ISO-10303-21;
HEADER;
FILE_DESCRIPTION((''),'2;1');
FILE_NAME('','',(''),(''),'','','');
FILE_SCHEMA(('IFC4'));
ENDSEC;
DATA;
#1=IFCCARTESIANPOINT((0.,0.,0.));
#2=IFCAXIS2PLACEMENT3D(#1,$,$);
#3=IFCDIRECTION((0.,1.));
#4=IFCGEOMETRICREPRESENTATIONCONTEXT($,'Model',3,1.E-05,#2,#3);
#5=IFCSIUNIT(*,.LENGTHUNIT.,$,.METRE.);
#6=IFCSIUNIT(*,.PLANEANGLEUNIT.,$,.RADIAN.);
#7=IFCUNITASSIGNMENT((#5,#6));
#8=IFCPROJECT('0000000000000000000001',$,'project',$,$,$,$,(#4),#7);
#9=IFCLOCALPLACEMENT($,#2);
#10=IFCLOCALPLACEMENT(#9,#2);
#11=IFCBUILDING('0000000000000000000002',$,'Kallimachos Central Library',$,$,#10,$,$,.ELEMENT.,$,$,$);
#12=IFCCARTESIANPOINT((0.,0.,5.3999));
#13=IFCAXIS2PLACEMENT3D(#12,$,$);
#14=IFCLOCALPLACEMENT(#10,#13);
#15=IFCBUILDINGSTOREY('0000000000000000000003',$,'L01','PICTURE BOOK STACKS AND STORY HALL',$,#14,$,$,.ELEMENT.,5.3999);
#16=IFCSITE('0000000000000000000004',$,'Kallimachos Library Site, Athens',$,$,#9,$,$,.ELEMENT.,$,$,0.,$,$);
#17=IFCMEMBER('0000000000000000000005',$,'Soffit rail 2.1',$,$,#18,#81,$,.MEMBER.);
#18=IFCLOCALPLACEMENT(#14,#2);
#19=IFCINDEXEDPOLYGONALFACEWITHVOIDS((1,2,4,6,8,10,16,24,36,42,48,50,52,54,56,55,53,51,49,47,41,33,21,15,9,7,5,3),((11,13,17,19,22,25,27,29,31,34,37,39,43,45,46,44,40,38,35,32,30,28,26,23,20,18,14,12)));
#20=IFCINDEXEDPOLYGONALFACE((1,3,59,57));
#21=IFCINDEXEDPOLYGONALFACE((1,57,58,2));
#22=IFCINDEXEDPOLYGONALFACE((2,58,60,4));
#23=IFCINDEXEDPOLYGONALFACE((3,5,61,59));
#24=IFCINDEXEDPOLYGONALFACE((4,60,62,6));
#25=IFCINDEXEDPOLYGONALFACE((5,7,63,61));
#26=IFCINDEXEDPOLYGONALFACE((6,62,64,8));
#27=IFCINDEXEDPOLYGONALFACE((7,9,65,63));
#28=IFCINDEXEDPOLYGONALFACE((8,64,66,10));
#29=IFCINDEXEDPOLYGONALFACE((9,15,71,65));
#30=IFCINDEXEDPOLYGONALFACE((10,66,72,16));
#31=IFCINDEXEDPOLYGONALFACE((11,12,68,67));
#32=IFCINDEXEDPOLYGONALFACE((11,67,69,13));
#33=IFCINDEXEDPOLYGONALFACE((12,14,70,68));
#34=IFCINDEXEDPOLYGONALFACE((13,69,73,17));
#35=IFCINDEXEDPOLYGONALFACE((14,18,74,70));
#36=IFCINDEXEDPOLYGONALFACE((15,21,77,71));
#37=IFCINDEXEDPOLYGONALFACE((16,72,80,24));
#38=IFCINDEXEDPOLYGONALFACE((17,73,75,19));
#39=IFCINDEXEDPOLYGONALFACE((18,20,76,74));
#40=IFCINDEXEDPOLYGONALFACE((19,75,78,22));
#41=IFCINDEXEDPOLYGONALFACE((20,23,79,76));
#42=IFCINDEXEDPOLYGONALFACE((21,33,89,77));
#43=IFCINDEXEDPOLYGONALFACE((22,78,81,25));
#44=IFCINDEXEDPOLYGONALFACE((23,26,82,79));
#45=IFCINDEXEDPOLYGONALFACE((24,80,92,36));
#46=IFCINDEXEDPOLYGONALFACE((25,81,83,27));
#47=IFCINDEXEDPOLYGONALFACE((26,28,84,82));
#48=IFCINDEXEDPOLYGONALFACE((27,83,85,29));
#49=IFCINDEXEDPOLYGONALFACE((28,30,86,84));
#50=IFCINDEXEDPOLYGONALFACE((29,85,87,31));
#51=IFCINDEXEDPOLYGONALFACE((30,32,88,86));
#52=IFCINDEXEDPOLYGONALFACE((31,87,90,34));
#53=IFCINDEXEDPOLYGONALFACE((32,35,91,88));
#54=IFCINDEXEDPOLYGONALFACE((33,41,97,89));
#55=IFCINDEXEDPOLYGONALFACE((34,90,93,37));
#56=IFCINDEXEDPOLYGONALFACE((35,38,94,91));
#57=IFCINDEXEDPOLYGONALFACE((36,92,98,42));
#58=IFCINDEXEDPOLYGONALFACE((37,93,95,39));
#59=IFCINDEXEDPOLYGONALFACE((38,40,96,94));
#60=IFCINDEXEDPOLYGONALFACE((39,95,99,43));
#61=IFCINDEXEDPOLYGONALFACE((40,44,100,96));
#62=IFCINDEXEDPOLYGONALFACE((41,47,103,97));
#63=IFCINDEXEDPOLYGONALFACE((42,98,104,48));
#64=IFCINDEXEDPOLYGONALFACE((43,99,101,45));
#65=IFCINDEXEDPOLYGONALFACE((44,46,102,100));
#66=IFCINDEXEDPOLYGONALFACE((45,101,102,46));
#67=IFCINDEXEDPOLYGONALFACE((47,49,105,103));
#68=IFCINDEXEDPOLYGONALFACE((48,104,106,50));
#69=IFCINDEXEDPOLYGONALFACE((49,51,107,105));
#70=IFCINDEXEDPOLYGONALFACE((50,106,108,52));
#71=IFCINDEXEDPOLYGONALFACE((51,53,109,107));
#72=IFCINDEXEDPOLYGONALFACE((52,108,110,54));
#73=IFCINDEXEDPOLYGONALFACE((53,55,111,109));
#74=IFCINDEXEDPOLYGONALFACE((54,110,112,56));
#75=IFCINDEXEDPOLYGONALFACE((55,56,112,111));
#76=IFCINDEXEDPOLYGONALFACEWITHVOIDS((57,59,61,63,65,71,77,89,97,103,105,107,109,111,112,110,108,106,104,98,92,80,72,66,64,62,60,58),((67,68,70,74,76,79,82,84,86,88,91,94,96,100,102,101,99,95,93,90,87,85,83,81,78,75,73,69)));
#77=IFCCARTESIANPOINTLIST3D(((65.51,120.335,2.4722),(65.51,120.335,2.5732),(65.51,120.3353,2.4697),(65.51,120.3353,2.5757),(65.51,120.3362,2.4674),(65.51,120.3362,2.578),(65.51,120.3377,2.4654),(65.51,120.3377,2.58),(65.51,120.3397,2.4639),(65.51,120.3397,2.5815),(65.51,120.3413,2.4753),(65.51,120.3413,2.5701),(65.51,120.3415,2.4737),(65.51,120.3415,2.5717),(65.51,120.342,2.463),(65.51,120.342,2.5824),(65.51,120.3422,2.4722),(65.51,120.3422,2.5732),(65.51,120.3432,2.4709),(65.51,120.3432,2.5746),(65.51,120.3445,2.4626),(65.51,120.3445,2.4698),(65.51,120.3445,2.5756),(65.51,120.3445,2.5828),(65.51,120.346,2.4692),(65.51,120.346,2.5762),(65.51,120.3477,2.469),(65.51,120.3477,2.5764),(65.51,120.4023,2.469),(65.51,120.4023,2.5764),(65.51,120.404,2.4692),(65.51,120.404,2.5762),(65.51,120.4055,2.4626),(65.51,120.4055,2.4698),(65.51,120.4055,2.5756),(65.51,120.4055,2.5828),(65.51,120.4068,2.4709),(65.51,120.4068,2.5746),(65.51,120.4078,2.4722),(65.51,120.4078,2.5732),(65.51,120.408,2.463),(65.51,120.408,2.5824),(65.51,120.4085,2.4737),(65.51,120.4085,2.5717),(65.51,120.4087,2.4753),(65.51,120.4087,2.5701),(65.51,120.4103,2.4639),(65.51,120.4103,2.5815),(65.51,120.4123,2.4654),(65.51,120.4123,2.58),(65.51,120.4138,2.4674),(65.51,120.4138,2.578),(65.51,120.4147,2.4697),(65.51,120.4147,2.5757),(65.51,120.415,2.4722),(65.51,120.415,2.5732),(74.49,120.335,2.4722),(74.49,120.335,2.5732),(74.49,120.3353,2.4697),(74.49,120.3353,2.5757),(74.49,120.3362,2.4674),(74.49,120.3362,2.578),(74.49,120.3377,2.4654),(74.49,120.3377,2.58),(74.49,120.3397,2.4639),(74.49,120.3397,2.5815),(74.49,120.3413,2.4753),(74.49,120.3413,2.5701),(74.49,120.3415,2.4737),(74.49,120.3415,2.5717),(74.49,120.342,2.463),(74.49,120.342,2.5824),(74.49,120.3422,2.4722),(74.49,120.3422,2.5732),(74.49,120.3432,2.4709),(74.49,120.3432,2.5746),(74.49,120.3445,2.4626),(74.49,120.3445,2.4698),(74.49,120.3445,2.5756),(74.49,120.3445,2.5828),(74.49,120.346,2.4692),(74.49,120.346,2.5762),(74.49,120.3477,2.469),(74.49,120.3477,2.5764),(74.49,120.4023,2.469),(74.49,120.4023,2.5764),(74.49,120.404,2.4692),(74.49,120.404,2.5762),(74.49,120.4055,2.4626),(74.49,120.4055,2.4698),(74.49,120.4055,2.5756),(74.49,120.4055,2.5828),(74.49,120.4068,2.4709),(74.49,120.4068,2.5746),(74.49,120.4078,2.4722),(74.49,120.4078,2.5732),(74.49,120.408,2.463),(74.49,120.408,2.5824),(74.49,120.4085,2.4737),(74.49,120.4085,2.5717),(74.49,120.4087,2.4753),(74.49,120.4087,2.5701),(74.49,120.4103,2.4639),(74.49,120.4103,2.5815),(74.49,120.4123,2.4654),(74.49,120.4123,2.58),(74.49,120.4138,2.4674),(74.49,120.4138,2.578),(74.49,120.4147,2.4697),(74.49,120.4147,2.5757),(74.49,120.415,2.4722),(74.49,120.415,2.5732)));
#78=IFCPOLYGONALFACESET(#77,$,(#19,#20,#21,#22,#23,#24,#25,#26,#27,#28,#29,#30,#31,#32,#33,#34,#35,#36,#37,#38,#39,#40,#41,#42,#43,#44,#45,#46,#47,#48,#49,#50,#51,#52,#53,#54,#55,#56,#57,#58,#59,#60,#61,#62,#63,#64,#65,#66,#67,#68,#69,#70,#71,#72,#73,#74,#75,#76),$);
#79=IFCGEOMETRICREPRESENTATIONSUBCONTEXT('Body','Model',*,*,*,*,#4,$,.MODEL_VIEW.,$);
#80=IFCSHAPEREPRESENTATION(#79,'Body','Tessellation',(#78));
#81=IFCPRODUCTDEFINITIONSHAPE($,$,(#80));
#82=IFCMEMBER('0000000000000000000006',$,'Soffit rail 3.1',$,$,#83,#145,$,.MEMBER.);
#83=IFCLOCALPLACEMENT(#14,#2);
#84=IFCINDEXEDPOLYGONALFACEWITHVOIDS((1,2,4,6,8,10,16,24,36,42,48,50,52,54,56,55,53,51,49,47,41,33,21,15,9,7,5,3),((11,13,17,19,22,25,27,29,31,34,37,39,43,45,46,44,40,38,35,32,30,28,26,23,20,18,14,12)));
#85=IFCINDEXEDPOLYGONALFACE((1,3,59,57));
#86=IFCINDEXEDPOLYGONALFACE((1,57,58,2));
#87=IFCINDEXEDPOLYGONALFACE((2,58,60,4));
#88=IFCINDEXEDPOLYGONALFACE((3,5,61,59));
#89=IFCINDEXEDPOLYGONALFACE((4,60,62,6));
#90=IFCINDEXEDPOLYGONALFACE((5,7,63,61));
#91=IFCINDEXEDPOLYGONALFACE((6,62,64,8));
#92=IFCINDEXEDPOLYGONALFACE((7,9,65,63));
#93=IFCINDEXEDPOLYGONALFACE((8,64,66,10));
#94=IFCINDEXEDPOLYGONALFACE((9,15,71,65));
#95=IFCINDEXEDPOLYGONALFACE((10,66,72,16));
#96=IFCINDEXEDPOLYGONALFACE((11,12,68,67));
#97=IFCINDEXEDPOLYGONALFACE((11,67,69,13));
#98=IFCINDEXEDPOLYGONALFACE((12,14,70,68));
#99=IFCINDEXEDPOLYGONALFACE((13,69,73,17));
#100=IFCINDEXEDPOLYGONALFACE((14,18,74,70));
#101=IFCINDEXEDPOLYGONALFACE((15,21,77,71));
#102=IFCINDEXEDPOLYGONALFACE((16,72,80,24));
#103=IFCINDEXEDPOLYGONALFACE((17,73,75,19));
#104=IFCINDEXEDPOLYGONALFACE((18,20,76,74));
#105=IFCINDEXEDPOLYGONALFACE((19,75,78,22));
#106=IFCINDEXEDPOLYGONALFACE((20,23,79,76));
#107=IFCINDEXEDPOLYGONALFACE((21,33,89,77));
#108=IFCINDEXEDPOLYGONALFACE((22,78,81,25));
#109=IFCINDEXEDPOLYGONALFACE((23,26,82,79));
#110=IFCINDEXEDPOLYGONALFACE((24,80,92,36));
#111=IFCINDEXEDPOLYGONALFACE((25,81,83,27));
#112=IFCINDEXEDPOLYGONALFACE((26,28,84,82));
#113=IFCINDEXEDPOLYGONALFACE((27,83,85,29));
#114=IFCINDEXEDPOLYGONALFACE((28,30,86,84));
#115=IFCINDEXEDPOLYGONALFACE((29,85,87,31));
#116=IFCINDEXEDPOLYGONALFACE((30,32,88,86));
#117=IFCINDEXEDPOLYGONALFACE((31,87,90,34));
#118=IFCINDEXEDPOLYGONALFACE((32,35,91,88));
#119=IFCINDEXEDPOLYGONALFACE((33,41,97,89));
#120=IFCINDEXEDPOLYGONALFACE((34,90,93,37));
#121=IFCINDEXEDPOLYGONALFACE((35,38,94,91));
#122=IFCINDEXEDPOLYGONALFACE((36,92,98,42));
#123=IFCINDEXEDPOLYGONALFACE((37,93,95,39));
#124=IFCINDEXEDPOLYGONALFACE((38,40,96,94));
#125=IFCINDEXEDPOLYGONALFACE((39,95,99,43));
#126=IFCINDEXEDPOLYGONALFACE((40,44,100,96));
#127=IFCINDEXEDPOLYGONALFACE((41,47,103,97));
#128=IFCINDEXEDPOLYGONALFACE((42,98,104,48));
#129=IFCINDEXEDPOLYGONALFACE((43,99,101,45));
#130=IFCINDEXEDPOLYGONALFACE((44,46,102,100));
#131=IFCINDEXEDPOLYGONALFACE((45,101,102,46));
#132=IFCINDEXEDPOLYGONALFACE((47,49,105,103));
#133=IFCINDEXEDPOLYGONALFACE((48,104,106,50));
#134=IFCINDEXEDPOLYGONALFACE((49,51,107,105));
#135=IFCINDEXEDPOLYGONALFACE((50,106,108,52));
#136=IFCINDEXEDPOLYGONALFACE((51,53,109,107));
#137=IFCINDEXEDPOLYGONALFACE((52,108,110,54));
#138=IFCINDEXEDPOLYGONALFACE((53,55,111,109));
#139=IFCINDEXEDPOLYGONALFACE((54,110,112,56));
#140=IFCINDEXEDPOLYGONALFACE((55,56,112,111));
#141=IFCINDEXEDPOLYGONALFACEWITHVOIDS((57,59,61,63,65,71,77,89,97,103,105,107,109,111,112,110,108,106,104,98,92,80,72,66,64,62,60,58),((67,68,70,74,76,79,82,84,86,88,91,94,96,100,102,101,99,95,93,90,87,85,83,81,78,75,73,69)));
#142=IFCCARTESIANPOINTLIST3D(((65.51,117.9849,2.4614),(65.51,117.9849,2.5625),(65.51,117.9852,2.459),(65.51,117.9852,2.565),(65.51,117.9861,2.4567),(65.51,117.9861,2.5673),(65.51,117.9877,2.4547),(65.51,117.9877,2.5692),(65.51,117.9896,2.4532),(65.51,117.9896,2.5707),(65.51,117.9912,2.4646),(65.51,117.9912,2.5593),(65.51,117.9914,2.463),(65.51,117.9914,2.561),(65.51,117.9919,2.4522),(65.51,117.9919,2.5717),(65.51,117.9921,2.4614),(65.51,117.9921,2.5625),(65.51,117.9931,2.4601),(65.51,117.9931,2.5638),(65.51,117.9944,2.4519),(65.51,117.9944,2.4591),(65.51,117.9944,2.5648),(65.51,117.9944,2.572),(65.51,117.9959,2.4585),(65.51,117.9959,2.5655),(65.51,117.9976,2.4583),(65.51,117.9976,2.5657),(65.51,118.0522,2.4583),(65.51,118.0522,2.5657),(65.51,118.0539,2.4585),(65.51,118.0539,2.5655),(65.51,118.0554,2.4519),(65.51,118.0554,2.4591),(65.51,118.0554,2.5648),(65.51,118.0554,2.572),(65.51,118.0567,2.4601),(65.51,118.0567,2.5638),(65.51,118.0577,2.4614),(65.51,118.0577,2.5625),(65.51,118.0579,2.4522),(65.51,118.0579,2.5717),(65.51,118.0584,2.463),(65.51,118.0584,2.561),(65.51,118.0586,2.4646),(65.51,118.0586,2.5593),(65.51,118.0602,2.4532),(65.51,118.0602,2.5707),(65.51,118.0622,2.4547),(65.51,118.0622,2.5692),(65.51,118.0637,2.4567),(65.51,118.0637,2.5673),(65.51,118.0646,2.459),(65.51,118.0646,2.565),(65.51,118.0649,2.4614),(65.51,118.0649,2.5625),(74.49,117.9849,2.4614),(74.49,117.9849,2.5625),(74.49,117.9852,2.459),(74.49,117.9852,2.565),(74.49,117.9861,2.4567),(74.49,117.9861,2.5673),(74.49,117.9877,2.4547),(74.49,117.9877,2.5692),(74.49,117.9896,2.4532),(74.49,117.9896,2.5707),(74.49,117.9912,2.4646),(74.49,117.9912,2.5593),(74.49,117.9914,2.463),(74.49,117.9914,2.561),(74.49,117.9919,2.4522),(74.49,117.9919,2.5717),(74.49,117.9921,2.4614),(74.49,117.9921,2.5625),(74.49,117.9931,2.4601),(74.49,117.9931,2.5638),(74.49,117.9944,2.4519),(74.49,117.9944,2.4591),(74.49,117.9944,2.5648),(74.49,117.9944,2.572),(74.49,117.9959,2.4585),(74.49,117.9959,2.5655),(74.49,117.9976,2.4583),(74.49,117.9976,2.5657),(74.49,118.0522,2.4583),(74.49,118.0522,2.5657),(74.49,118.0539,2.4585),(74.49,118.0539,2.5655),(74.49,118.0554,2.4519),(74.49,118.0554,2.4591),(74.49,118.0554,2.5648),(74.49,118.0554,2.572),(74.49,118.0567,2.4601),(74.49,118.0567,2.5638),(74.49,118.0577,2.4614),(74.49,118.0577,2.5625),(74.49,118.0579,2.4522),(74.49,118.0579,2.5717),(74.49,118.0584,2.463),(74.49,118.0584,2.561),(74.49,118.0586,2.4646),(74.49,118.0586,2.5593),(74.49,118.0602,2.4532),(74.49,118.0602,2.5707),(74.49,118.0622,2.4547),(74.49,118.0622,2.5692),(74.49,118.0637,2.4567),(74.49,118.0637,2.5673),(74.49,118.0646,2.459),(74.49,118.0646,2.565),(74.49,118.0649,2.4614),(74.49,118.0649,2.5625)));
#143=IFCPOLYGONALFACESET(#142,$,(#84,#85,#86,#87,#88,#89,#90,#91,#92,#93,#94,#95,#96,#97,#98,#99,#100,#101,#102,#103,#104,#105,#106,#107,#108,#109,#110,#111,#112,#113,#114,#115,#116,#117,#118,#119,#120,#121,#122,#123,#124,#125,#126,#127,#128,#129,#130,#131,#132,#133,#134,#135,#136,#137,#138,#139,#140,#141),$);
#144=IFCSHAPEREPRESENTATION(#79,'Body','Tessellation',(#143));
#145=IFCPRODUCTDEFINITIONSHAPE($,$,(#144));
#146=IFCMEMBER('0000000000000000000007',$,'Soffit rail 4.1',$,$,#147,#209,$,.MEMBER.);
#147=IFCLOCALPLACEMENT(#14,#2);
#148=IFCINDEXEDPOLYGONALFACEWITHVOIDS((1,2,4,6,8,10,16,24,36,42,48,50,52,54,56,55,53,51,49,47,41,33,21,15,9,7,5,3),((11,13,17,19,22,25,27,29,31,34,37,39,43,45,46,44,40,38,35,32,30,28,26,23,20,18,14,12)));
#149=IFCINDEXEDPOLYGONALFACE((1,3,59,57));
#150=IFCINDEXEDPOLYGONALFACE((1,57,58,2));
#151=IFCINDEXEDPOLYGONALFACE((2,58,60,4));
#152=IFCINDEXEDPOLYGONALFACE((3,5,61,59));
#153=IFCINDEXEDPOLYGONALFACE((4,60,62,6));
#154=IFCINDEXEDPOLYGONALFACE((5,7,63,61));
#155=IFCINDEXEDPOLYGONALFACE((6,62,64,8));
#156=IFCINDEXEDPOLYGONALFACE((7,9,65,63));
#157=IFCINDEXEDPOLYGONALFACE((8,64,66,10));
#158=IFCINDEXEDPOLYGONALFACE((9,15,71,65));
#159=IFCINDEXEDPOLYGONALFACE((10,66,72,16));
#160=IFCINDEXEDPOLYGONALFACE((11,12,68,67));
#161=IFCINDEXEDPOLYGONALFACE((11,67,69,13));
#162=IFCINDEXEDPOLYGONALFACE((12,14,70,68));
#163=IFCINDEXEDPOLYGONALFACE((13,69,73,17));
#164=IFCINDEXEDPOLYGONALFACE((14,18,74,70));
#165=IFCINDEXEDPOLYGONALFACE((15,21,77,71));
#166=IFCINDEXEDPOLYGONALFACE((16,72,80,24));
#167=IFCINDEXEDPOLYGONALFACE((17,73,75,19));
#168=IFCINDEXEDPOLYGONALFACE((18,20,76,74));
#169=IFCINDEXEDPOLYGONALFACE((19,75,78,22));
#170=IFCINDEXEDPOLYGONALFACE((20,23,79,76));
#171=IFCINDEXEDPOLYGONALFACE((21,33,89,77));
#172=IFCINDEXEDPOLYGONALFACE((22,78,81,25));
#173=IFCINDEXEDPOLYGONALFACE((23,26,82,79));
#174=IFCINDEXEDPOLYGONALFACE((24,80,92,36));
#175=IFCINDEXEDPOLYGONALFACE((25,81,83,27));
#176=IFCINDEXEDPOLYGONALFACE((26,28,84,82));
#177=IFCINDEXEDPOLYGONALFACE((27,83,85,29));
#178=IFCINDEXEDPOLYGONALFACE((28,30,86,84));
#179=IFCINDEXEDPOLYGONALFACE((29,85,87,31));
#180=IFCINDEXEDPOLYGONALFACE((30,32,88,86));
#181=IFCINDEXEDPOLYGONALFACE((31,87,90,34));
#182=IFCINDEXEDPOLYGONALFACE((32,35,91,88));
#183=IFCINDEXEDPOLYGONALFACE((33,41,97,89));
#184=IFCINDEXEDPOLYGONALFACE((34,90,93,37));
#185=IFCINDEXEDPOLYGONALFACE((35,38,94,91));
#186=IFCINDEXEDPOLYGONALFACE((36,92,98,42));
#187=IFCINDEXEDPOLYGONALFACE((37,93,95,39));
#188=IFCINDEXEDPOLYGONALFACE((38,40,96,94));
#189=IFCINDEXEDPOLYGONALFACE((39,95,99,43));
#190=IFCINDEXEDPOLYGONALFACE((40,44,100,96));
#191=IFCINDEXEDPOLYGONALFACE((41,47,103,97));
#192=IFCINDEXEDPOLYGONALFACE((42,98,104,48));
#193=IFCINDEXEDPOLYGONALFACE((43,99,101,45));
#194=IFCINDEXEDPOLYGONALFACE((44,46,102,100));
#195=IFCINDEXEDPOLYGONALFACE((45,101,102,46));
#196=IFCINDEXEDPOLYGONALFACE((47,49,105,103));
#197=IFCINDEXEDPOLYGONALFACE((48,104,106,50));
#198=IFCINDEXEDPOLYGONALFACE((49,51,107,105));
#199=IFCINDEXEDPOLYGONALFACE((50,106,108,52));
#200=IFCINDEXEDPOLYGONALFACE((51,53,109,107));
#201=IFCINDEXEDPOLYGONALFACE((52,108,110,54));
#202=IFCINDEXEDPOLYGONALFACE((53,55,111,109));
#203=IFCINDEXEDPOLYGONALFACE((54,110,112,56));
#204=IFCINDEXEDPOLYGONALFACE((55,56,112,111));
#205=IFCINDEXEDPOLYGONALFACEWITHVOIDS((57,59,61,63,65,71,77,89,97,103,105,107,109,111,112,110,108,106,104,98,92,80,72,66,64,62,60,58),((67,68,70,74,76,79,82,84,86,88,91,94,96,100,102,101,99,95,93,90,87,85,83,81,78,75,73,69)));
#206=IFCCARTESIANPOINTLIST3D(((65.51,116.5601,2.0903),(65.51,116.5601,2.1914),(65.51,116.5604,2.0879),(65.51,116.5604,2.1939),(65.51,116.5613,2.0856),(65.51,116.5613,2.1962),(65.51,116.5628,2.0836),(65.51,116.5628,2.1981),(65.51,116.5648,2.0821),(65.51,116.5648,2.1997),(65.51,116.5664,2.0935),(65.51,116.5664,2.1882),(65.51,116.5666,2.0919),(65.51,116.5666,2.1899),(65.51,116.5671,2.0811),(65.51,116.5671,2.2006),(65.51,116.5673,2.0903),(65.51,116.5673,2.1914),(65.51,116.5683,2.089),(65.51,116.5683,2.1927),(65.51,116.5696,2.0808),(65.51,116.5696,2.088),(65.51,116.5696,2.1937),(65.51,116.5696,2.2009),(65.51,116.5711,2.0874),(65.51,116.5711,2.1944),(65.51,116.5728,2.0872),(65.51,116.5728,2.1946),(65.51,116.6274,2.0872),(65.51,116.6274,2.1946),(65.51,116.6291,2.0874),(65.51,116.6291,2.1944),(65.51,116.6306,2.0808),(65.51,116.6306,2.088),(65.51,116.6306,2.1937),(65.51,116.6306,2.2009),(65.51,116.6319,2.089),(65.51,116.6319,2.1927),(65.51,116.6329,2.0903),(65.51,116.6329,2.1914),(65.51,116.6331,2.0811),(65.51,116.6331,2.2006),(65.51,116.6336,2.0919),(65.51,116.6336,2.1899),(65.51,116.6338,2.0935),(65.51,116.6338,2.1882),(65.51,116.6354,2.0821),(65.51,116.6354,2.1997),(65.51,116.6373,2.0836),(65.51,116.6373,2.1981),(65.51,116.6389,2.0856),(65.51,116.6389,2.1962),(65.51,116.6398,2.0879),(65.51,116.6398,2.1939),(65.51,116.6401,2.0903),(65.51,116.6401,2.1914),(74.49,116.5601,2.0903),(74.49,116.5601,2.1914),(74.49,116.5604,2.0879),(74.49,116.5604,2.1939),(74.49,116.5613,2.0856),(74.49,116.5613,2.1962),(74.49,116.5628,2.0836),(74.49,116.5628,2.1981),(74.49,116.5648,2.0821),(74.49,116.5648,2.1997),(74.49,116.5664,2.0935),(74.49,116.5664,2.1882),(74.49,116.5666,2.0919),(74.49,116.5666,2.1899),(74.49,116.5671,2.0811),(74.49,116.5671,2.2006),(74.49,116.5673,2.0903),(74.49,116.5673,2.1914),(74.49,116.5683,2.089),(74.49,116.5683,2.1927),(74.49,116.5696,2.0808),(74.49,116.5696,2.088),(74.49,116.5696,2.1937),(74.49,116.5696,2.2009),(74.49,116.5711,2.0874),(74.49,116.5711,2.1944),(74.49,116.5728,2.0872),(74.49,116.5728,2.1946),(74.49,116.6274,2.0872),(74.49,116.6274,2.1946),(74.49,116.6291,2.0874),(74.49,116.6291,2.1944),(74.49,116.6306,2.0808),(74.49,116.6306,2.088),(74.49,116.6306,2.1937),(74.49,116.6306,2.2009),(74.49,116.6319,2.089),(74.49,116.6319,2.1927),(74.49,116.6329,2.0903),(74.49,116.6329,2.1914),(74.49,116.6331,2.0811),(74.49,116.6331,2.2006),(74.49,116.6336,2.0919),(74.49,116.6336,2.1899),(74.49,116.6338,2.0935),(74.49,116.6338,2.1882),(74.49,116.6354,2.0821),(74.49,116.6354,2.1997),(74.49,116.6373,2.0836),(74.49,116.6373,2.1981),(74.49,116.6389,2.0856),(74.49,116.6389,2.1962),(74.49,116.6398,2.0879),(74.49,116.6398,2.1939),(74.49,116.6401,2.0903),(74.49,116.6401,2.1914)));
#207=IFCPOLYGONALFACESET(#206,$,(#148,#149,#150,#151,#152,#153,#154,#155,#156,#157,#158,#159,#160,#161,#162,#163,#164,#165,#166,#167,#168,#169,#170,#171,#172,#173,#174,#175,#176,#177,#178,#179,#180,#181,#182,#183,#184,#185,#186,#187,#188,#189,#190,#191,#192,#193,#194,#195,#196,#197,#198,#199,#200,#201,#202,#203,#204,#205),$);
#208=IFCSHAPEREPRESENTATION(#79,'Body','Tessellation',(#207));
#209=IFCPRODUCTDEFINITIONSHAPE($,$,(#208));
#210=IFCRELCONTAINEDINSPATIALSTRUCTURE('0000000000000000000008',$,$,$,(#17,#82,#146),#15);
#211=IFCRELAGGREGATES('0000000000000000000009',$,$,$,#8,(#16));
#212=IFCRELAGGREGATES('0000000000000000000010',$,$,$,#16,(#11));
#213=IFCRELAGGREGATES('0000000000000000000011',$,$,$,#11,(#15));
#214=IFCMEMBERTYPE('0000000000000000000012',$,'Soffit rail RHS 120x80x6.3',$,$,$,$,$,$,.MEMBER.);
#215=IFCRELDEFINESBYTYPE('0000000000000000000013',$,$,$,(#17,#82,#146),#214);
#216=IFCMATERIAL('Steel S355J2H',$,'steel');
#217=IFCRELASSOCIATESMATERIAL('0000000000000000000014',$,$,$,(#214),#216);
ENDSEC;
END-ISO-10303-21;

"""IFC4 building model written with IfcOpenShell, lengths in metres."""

from ifc_helpers import new_model, si_unit, direction, frame, origin, origin_2d, place, context, subcontext, project, spatial, hollow_rectangle, extrude, material, material_profile, profile_set, type_object, element, save


model = new_model("IFC4")

# Units and contexts
model_context = context("Model", 3, precision=1e-05, world=origin(), true_north=direction((0.0, 1.0)))
body_context = subcontext(model_context, "Body", "Model", "MODEL_VIEW")
ifc_project = project(units=[si_unit("LENGTHUNIT", "METRE"), si_unit("PLANEANGLEUNIT", "RADIAN")], contexts=[model_context])

# Site, building, storey
site_placement = place(None, origin())
site = spatial("IfcSite", under=ifc_project, at=site_placement, Name="Kallimachos Library Site, Athens", CompositionType="ELEMENT", RefElevation=0.0)
building_placement = place(site_placement, origin())
building = spatial("IfcBuilding", under=site, at=building_placement, Name="Kallimachos Central Library", CompositionType="ELEMENT")
storey_placement = place(building_placement, frame((0.0, 0.0, 5.3999)))
storey = spatial("IfcBuildingStorey", under=building, at=storey_placement, Name="L01", Description="PICTURE BOOK STACKS AND STORY HALL", CompositionType="ELEMENT", Elevation=5.3999)

# Members
ifc_material_1 = material(Name="Steel S355J2H", Category="steel")
ifc_material_profile_1 = material_profile(ifc_material_1, hollow_rectangle(XDim=0.0801, YDim=0.1201, WallThickness=0.0063, InnerFilletRadius=0.0063, OuterFilletRadius=0.0095, at=origin_2d()), Name="RHS 120x80x6.3")
ifc_profile_set_1 = profile_set([ifc_material_profile_1], Name="Steel S355J2H")
member_type_1 = type_object("IfcMemberType", Name="Soffit rail RHS 120x80x6.3", PredefinedType="MEMBER", material=ifc_profile_set_1)
for number, where, z_axis, x_axis, name in (
    (1, (65.51, 120.375, 2.5227), (1.0, 0.0, 0.0), (0.0, 1.0, 0.0), "Soffit rail 2.1"),
    (2, (65.51, 118.0249, 2.512), (1.0, 0.0, 0.0), (0.0, 1.0, 0.0), "Soffit rail 3.1"),
    (3, (65.51, 116.6001, 2.1409), (1.0, 0.0, 0.0), (0.0, 1.0, 0.0), "Soffit rail 4.1"),
):
    element("IfcMember", number, at=place(storey_placement, frame(where, z_axis=z_axis, x_axis=x_axis)), inside=storey, type_object=member_type_1, Name=name, PredefinedType="MEMBER", context=body_context, shape_type="SweptSolid", body=[
        extrude(hollow_rectangle(XDim=0.0801, YDim=0.1201, WallThickness=0.0063, InnerFilletRadius=0.0063, OuterFilletRadius=0.0095, at=origin_2d()), origin(), (0.0, 0.0, 1.0), 8.98),
    ])

save(model, "model.ifc")
